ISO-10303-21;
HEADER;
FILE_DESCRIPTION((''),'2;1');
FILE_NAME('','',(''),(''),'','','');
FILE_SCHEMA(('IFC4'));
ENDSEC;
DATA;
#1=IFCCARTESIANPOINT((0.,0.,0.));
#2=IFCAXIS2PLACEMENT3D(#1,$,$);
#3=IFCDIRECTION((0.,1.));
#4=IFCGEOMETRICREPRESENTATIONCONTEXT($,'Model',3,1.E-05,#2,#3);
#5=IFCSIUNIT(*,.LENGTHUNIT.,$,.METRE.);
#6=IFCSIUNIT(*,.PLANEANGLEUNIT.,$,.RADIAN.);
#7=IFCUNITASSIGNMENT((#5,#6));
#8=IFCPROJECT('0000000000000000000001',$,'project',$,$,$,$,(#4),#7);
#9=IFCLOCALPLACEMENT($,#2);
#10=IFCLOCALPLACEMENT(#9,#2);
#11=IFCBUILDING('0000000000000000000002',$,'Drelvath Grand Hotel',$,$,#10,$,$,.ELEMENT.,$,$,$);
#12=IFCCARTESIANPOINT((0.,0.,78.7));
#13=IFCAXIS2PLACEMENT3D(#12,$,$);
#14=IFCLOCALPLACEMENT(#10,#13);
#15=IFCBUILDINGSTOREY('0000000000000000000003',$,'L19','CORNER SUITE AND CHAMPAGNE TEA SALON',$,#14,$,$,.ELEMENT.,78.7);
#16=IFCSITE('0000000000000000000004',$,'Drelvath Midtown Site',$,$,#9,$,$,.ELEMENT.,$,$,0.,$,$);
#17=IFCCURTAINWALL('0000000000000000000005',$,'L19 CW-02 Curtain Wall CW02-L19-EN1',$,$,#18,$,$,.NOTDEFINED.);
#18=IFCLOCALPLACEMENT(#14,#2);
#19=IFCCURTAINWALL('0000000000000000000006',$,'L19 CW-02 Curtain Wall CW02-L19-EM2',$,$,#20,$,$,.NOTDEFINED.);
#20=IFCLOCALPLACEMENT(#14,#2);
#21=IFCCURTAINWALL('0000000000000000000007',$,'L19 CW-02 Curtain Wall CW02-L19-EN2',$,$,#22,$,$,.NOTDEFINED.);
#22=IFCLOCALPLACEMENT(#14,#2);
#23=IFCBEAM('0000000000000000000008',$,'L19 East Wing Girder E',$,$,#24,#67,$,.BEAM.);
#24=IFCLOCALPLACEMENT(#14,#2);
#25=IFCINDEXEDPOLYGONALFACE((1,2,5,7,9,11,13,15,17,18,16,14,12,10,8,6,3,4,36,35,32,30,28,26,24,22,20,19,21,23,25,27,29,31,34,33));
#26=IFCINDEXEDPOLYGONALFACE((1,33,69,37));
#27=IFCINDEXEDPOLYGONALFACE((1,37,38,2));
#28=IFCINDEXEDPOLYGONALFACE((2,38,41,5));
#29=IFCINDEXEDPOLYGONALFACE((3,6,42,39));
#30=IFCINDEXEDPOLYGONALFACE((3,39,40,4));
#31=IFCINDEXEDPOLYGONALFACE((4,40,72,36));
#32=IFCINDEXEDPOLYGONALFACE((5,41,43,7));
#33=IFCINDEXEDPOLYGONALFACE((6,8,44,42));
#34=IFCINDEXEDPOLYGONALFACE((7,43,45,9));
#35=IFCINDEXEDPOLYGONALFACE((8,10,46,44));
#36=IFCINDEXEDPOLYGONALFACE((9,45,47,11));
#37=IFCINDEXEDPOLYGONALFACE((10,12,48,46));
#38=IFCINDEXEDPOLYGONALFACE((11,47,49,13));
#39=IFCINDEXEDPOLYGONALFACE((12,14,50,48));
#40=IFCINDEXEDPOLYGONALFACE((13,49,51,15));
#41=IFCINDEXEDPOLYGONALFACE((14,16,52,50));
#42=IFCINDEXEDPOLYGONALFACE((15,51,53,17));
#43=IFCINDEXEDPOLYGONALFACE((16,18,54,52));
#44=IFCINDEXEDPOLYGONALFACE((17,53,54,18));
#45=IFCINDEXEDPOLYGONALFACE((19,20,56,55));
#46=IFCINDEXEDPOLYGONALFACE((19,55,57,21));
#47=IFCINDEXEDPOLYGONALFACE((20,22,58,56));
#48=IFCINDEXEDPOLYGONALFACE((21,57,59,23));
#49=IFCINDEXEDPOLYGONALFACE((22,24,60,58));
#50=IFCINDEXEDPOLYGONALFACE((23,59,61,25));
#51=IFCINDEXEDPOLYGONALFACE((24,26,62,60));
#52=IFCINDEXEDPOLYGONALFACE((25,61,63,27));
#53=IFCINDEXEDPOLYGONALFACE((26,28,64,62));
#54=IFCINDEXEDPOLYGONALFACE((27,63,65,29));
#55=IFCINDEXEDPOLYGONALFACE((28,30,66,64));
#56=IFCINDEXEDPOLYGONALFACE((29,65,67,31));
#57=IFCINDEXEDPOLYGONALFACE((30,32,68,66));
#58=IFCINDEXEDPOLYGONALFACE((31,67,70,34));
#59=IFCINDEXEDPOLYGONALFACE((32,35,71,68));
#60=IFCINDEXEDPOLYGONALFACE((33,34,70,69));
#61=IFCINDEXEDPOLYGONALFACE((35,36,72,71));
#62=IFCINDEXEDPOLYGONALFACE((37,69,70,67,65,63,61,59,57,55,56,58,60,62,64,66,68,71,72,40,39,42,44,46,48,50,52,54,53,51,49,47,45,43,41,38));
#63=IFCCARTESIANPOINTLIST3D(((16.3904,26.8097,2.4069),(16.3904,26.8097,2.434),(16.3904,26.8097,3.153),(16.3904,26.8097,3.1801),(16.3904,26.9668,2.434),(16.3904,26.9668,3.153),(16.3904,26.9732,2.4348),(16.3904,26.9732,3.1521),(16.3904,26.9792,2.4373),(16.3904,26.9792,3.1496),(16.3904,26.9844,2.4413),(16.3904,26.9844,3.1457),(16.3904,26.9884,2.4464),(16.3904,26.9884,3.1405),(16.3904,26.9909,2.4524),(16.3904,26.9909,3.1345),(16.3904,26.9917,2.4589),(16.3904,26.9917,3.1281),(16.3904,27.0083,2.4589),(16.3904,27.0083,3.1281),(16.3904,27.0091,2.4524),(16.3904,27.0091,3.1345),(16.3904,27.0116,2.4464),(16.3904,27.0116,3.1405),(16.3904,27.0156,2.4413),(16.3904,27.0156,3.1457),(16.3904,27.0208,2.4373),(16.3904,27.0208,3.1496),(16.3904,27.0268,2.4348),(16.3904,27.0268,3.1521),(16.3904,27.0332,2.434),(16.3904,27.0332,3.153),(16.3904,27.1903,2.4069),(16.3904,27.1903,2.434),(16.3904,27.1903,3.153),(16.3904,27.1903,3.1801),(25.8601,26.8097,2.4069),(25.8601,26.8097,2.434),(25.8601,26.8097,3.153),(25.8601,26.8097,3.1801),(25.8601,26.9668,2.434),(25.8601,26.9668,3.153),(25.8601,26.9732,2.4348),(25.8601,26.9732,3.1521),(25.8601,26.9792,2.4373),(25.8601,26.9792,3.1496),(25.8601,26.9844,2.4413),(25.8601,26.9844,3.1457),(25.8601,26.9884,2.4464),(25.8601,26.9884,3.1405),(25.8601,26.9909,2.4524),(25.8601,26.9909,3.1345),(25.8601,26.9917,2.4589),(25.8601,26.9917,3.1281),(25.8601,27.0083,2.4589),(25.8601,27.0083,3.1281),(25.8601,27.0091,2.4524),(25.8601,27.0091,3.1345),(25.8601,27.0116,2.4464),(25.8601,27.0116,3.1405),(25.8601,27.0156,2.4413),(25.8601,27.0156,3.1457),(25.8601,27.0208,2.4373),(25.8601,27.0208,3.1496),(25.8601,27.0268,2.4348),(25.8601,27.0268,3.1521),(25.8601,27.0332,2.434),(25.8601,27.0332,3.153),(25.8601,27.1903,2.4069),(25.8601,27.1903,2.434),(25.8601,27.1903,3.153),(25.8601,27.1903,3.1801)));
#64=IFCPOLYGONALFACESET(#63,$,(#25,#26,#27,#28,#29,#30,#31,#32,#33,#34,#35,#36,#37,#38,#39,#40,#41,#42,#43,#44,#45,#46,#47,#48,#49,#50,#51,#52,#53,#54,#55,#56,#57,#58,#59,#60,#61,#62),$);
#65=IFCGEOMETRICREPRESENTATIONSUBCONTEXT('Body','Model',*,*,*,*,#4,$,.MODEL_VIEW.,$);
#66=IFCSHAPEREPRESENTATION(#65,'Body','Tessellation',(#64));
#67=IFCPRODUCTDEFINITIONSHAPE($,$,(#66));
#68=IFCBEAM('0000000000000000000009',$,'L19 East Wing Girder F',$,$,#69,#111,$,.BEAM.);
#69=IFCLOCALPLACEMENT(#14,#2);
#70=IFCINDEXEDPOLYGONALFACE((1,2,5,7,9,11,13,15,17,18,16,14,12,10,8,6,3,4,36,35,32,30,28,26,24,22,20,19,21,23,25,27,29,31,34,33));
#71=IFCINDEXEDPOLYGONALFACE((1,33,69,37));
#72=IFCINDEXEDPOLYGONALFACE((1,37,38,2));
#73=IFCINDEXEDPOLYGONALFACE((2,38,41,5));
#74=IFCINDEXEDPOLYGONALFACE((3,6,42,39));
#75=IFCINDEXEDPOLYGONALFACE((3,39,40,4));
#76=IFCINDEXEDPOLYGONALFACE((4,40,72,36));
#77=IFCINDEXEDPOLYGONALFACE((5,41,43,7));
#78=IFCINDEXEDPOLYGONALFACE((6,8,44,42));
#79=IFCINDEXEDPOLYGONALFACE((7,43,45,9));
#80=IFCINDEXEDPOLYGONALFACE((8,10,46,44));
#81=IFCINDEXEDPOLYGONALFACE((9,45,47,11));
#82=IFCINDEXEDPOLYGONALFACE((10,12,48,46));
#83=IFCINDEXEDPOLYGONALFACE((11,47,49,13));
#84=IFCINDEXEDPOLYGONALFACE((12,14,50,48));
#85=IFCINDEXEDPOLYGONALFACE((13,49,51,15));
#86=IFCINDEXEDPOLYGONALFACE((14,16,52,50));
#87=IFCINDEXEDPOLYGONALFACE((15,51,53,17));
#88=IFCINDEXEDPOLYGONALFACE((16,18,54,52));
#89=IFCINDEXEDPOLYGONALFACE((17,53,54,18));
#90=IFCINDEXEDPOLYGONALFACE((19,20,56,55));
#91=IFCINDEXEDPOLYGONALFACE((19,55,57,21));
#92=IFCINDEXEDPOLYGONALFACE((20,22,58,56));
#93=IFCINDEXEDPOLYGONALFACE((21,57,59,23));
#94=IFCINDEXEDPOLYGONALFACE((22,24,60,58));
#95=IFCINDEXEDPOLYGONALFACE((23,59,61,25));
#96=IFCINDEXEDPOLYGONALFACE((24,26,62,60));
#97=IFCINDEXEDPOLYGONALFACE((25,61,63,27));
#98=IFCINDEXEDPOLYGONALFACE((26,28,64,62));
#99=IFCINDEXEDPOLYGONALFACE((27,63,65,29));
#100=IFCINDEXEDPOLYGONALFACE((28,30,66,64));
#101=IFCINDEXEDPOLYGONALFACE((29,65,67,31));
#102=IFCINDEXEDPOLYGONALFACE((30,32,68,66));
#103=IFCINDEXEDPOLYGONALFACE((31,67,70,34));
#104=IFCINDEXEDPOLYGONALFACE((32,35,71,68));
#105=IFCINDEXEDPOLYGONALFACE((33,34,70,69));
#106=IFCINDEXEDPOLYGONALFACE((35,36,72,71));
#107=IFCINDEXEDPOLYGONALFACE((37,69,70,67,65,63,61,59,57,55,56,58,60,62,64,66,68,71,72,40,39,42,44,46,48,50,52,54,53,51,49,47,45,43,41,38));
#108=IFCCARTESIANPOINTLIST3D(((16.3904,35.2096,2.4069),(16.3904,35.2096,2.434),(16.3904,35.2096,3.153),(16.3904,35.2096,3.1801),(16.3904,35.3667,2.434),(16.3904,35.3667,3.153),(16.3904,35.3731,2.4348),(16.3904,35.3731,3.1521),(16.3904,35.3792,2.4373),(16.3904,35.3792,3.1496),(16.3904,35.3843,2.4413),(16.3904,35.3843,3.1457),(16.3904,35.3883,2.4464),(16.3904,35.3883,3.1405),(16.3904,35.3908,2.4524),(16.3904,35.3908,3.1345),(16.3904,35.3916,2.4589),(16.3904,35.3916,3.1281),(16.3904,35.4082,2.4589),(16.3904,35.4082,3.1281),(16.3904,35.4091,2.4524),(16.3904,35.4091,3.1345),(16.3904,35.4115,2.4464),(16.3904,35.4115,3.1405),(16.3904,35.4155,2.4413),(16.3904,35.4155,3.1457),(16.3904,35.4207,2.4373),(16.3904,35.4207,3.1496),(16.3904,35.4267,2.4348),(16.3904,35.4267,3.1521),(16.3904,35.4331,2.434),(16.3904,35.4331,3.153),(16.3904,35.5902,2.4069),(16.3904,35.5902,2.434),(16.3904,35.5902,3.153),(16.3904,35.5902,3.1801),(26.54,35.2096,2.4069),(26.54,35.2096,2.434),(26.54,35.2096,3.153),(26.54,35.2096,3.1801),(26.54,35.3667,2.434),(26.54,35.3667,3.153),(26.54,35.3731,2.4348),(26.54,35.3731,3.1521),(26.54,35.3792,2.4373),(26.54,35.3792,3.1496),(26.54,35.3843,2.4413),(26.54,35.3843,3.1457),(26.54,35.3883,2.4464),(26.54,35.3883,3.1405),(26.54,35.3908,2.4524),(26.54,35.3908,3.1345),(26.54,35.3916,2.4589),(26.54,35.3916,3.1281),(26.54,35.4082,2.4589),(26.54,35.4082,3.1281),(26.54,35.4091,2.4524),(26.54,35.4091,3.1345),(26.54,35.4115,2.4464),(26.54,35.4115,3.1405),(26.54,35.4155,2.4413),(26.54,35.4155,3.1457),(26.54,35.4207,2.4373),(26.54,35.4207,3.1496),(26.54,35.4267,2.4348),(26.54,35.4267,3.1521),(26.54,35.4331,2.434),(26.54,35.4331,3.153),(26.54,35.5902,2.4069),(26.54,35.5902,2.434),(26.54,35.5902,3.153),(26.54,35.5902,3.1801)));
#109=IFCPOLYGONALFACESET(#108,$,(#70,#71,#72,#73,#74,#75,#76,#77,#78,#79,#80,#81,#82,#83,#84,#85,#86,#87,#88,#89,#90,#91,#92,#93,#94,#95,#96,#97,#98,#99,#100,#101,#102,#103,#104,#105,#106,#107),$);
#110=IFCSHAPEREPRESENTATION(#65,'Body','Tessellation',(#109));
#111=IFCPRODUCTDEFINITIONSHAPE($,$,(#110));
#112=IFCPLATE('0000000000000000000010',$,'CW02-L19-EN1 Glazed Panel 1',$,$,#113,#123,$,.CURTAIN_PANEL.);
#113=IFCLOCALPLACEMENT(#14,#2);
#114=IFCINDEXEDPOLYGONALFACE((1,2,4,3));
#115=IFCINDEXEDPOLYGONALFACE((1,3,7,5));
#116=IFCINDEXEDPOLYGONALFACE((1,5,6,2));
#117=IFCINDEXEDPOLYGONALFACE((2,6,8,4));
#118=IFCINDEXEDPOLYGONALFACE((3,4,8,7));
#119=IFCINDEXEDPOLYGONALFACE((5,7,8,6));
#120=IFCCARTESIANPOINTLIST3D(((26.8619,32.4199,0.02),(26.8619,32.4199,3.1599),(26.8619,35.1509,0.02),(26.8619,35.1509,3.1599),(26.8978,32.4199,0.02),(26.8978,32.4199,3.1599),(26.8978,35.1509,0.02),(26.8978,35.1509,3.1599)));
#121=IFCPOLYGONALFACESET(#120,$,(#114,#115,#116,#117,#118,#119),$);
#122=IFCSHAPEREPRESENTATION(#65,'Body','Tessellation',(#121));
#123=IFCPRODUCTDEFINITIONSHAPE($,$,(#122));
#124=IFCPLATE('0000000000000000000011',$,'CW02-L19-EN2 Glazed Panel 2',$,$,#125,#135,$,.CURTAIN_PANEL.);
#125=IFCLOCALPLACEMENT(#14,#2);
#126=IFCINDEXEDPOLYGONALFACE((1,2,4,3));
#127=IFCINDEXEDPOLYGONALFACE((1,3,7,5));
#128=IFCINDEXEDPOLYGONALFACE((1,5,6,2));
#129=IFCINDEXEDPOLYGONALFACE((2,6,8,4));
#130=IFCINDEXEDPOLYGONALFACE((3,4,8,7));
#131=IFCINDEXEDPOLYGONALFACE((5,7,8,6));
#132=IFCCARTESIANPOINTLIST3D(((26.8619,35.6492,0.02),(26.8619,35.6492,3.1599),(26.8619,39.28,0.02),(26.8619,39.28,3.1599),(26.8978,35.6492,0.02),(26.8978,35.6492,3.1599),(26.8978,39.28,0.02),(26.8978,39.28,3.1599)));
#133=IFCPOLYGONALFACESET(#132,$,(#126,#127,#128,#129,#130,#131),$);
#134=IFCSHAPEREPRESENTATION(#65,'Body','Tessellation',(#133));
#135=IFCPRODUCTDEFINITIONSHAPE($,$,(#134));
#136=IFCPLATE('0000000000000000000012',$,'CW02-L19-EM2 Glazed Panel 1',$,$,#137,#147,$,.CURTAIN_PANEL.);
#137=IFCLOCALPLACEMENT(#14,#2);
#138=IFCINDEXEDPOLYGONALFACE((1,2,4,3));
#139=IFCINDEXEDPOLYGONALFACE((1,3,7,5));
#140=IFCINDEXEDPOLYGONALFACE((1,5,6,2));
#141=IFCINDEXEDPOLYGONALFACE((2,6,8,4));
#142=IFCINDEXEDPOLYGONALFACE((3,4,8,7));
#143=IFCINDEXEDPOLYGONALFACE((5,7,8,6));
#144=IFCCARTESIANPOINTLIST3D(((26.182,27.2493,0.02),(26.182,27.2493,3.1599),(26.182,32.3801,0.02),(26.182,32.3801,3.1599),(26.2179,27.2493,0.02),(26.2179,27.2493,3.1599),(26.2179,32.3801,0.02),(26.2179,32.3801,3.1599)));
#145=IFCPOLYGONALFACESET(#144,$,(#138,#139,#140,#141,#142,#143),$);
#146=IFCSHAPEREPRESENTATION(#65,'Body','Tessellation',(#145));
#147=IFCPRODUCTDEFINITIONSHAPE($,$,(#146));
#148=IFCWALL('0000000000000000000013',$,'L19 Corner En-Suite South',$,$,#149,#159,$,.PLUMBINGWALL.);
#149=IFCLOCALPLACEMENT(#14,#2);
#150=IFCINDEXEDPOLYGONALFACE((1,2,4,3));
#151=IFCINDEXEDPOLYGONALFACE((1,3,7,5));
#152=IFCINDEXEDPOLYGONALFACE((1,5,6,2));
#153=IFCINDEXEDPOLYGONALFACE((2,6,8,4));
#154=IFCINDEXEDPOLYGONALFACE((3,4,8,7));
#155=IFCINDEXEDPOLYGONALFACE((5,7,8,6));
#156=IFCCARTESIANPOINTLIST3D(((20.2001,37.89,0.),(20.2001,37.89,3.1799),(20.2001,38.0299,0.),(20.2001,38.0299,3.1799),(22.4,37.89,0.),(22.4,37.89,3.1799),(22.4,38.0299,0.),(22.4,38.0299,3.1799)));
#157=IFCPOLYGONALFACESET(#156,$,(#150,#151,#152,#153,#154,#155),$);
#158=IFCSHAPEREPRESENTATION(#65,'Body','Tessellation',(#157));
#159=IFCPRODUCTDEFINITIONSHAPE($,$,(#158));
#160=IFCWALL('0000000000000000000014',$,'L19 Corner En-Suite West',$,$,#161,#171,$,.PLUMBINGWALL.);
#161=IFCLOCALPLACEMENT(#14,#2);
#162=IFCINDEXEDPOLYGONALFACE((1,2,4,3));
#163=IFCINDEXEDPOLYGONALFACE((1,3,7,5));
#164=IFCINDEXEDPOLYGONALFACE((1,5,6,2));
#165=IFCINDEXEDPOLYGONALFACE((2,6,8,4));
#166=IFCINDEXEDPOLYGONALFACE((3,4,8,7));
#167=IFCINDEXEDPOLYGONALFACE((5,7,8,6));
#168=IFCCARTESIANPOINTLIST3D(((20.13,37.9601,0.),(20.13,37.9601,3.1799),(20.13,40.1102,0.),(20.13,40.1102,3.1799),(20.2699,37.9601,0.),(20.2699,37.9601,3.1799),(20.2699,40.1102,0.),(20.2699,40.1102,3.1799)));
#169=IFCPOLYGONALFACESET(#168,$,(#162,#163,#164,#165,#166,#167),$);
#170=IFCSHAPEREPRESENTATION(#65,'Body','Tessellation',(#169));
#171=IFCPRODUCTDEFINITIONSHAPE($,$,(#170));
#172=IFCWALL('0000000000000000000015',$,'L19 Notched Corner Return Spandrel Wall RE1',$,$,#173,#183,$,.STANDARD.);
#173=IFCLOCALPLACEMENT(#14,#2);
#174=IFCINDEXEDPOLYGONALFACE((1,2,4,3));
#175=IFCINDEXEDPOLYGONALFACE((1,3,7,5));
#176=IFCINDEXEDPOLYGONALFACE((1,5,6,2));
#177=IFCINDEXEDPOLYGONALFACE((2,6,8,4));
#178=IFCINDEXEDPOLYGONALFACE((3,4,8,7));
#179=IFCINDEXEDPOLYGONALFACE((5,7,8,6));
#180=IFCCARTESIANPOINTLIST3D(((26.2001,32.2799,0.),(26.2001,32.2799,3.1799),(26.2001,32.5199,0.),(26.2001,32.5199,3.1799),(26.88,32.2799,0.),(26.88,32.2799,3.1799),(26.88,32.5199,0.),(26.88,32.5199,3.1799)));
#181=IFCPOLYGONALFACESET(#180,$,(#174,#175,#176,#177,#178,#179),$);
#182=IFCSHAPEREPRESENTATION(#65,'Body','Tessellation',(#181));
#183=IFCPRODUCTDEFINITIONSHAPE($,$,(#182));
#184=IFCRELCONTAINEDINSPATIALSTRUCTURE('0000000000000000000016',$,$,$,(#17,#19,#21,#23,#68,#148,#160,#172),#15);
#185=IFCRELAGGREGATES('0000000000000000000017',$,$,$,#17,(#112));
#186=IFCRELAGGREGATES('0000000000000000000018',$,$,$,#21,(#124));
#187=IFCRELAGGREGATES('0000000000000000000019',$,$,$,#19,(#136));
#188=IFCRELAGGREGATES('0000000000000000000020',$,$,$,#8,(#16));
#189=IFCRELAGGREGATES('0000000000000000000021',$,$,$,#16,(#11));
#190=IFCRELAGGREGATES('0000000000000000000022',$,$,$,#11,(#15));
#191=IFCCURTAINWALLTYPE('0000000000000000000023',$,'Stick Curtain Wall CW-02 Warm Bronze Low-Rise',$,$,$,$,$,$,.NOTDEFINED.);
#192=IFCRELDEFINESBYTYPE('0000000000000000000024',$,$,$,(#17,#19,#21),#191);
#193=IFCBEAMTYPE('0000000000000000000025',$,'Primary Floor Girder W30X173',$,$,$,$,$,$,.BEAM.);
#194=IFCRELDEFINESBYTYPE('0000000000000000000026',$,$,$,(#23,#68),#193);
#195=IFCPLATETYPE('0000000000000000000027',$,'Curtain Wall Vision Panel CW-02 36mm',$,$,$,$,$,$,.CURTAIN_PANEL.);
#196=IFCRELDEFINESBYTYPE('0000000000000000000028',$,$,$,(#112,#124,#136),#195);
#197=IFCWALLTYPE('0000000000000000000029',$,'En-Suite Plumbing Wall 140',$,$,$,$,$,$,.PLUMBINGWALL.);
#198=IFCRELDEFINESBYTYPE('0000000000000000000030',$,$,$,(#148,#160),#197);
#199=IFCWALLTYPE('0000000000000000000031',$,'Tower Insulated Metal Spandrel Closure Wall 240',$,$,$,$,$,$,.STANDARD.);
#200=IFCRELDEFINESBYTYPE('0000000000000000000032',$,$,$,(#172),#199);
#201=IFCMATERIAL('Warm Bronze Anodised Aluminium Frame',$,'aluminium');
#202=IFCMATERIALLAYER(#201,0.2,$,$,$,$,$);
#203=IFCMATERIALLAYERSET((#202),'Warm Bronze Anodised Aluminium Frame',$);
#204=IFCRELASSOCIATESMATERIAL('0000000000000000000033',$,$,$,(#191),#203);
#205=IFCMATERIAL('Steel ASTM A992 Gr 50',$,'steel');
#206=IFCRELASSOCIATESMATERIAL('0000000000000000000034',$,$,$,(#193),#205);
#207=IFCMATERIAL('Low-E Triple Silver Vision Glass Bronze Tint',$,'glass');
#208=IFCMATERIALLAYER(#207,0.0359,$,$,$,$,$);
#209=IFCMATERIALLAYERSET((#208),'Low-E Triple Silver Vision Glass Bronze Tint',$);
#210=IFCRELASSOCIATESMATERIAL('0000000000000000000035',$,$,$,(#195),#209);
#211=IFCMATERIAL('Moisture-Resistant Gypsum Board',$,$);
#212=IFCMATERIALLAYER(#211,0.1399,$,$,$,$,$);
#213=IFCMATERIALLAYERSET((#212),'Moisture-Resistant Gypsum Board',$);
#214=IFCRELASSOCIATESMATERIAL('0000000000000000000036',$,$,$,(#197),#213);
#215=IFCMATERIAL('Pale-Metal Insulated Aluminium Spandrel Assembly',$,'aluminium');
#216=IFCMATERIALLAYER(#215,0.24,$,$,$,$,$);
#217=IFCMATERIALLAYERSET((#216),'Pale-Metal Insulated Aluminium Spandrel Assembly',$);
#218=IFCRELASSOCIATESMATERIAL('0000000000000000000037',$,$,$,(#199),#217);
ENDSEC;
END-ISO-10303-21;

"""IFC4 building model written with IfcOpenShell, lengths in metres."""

from ifc_helpers import new_model, si_unit, direction, frame, frame_2d, origin, origin_2d, place, context, subcontext, project, spatial, rectangle, i_section, extrude, material, layer, layer_set, material_profile, profile_set, type_object, element, aggregate, save


model = new_model("IFC4")

# Units and contexts
model_context = context("Model", 3, precision=1e-05, world=origin(), true_north=direction((0.0, 1.0)))
body_context = subcontext(model_context, "Body", "Model", "MODEL_VIEW")
ifc_project = project(units=[si_unit("LENGTHUNIT", "METRE"), si_unit("PLANEANGLEUNIT", "RADIAN")], contexts=[model_context])

# Site, building, storey
site_placement = place(None, origin())
site = spatial("IfcSite", under=ifc_project, at=site_placement, Name="Drelvath Midtown Site", CompositionType="ELEMENT", RefElevation=0.0)
building_placement = place(site_placement, origin())
building = spatial("IfcBuilding", under=site, at=building_placement, Name="Drelvath Grand Hotel", CompositionType="ELEMENT")
storey_placement = place(building_placement, frame((0.0, 0.0, 78.7)))
storey = spatial("IfcBuildingStorey", under=building, at=storey_placement, Name="L19", Description="CORNER SUITE AND CHAMPAGNE TEA SALON", CompositionType="ELEMENT", Elevation=78.7)

# Curtain walls
ifc_material_1 = material(Name="Warm Bronze Anodised Aluminium Frame", Category="aluminium")
ifc_layer_1 = layer(ifc_material_1, 0.2)
ifc_layer_set_1 = layer_set([ifc_layer_1], Name="Warm Bronze Anodised Aluminium Frame")
curtain_wall_type = type_object("IfcCurtainWallType", Name="Stick Curtain Wall CW-02 Warm Bronze Low-Rise", PredefinedType="NOTDEFINED", material=ifc_layer_set_1)
curtain_wall_1_placement = place(storey_placement, origin())
curtain_wall_1 = element("IfcCurtainWall", 1, at=curtain_wall_1_placement, inside=storey, type_object=curtain_wall_type, Name="L19 CW-02 Curtain Wall CW02-L19-EN1", PredefinedType="NOTDEFINED")
curtain_wall_2_placement = place(storey_placement, origin())
curtain_wall_2 = element("IfcCurtainWall", 2, at=curtain_wall_2_placement, inside=storey, type_object=curtain_wall_type, Name="L19 CW-02 Curtain Wall CW02-L19-EM2", PredefinedType="NOTDEFINED")

# Curtain wall
curtain_wall_3_placement = place(storey_placement, origin())
curtain_wall_3 = element("IfcCurtainWall", 3, at=curtain_wall_3_placement, inside=storey, type_object=curtain_wall_type, Name="L19 CW-02 Curtain Wall CW02-L19-EN2", PredefinedType="NOTDEFINED")

# Beams
ifc_material_2 = material(Name="Steel ASTM A992 Gr 50", Category="steel")
ifc_material_profile_1 = material_profile(ifc_material_2, i_section(OverallWidth=0.3806, OverallDepth=0.7732, WebThickness=0.0166, FlangeThickness=0.0271, FilletRadius=0.0249, at=origin_2d()), Name="W30X173")
ifc_profile_set_1 = profile_set([ifc_material_profile_1], Name="Steel ASTM A992 Gr 50")
beam_type_1 = type_object("IfcBeamType", Name="Primary Floor Girder W30X173", PredefinedType="BEAM", material=ifc_profile_set_1)
beam_1_placement = place(storey_placement, frame((16.3904, 27.0, 2.7935), z_axis=(1.0, 0.0, 0.0), x_axis=(0.0, 1.0, 0.0)))
element("IfcBeam", 4, at=beam_1_placement, inside=storey, type_object=beam_type_1, Name="L19 East Wing Girder E", PredefinedType="BEAM", context=body_context, shape_type="SweptSolid", body=[
    extrude(i_section(OverallWidth=0.3806, OverallDepth=0.7732, WebThickness=0.0166, FlangeThickness=0.0271, FilletRadius=0.0249, at=origin_2d()), origin(), (0.0, 0.0, 1.0), 9.4697),
])
beam_2_placement = place(storey_placement, frame((16.3904, 35.3999, 2.7935), z_axis=(1.0, 0.0, 0.0), x_axis=(0.0, 1.0, 0.0)))
element("IfcBeam", 5, at=beam_2_placement, inside=storey, type_object=beam_type_1, Name="L19 East Wing Girder F", PredefinedType="BEAM", context=body_context, shape_type="SweptSolid", body=[
    extrude(i_section(OverallWidth=0.3806, OverallDepth=0.7732, WebThickness=0.0166, FlangeThickness=0.0271, FilletRadius=0.0249, at=origin_2d()), origin(), (0.0, 0.0, 1.0), 10.1497),
])

# Plates
ifc_material_3 = material(Name="Low-E Triple Silver Vision Glass Bronze Tint", Category="glass")
ifc_layer_2 = layer(ifc_material_3, 0.0359)
ifc_layer_set_2 = layer_set([ifc_layer_2], Name="Low-E Triple Silver Vision Glass Bronze Tint")
plate_type = type_object("IfcPlateType", Name="Curtain Wall Vision Panel CW-02 36mm", PredefinedType="CURTAIN_PANEL", material=ifc_layer_set_2)
plate_1_placement = place(storey_placement, frame((26.8799, 33.7854, 0.02), z_axis=(0.0, 0.0, 1.0), x_axis=(0.0, -1.0, 0.0)))
plate_1 = element("IfcPlate", 6, at=plate_1_placement, type_object=plate_type, Name="CW02-L19-EN1 Glazed Panel 1", PredefinedType="CURTAIN_PANEL", context=body_context, shape_type="SweptSolid", body=[
    extrude(rectangle(XDim=2.731, YDim=0.0359, at=origin_2d()), origin(), (0.0, 0.0, 1.0), 3.1399),
])
aggregate(curtain_wall_1, [plate_1])
plate_2_placement = place(storey_placement, frame((26.8799, 37.4646, 0.02), z_axis=(0.0, 0.0, 1.0), x_axis=(0.0, -1.0, 0.0)))
plate_2 = element("IfcPlate", 7, at=plate_2_placement, type_object=plate_type, Name="CW02-L19-EN2 Glazed Panel 2", PredefinedType="CURTAIN_PANEL", context=body_context, shape_type="SweptSolid", body=[
    extrude(rectangle(XDim=3.6309, YDim=0.0359, at=origin_2d()), origin(), (0.0, 0.0, 1.0), 3.1399),
])
aggregate(curtain_wall_3, [plate_2])
plate_3_placement = place(storey_placement, frame((26.2, 29.8147, 0.02), z_axis=(0.0, 0.0, 1.0), x_axis=(0.0, -1.0, 0.0)))
plate_3 = element("IfcPlate", 8, at=plate_3_placement, type_object=plate_type, Name="CW02-L19-EM2 Glazed Panel 1", PredefinedType="CURTAIN_PANEL", context=body_context, shape_type="SweptSolid", body=[
    extrude(rectangle(XDim=5.1309, YDim=0.0359, at=origin_2d()), origin(), (0.0, 0.0, 1.0), 3.1399),
])
aggregate(curtain_wall_2, [plate_3])

# Walls
ifc_material_4 = material(Name="Moisture-Resistant Gypsum Board")
ifc_layer_3 = layer(ifc_material_4, 0.1399)
ifc_layer_set_3 = layer_set([ifc_layer_3], Name="Moisture-Resistant Gypsum Board")
wall_type_1 = type_object("IfcWallType", Name="En-Suite Plumbing Wall 140", PredefinedType="PLUMBINGWALL", material=ifc_layer_set_3)
wall_1_placement = place(storey_placement, frame((20.2, 37.96, 0.0), z_axis=(0.0, 0.0, 1.0), x_axis=(1.0, 0.0, 0.0)))
element("IfcWall", 9, at=wall_1_placement, inside=storey, type_object=wall_type_1, Name="L19 Corner En-Suite South", PredefinedType="PLUMBINGWALL", context=body_context, shape_type="SweptSolid", body=[
    extrude(rectangle(XDim=2.2, YDim=0.1399, at=frame_2d((1.1001, 0.0))), origin(), (0.0, 0.0, 1.0), 3.1799),
])
wall_2_placement = place(storey_placement, frame((20.2, 37.96, 0.0), z_axis=(0.0, 0.0, 1.0), x_axis=(0.0, 1.0, 0.0)))
element("IfcWall", 10, at=wall_2_placement, inside=storey, type_object=wall_type_1, Name="L19 Corner En-Suite West", PredefinedType="PLUMBINGWALL", context=body_context, shape_type="SweptSolid", body=[
    extrude(rectangle(XDim=2.1501, YDim=0.1399, at=frame_2d((1.0752, 0.0))), origin(), (0.0, 0.0, 1.0), 3.1799),
])
ifc_material_5 = material(Name="Pale-Metal Insulated Aluminium Spandrel Assembly", Category="aluminium")
ifc_layer_4 = layer(ifc_material_5, 0.24)
ifc_layer_set_4 = layer_set([ifc_layer_4], Name="Pale-Metal Insulated Aluminium Spandrel Assembly")
wall_type_2 = type_object("IfcWallType", Name="Tower Insulated Metal Spandrel Closure Wall 240", PredefinedType="STANDARD", material=ifc_layer_set_4)
wall_3_placement = place(storey_placement, frame((26.8799, 32.3999, 0.0), z_axis=(0.0, 0.0, 1.0), x_axis=(-1.0, 0.0, 0.0)))
element("IfcWall", 11, at=wall_3_placement, inside=storey, type_object=wall_type_2, Name="L19 Notched Corner Return Spandrel Wall RE1", PredefinedType="STANDARD", context=body_context, shape_type="SweptSolid", body=[
    extrude(rectangle(XDim=0.6799, YDim=0.24, at=frame_2d((0.3398, 0.0))), origin(), (0.0, 0.0, 1.0), 3.1799),
])

save(model, "model.ifc")
